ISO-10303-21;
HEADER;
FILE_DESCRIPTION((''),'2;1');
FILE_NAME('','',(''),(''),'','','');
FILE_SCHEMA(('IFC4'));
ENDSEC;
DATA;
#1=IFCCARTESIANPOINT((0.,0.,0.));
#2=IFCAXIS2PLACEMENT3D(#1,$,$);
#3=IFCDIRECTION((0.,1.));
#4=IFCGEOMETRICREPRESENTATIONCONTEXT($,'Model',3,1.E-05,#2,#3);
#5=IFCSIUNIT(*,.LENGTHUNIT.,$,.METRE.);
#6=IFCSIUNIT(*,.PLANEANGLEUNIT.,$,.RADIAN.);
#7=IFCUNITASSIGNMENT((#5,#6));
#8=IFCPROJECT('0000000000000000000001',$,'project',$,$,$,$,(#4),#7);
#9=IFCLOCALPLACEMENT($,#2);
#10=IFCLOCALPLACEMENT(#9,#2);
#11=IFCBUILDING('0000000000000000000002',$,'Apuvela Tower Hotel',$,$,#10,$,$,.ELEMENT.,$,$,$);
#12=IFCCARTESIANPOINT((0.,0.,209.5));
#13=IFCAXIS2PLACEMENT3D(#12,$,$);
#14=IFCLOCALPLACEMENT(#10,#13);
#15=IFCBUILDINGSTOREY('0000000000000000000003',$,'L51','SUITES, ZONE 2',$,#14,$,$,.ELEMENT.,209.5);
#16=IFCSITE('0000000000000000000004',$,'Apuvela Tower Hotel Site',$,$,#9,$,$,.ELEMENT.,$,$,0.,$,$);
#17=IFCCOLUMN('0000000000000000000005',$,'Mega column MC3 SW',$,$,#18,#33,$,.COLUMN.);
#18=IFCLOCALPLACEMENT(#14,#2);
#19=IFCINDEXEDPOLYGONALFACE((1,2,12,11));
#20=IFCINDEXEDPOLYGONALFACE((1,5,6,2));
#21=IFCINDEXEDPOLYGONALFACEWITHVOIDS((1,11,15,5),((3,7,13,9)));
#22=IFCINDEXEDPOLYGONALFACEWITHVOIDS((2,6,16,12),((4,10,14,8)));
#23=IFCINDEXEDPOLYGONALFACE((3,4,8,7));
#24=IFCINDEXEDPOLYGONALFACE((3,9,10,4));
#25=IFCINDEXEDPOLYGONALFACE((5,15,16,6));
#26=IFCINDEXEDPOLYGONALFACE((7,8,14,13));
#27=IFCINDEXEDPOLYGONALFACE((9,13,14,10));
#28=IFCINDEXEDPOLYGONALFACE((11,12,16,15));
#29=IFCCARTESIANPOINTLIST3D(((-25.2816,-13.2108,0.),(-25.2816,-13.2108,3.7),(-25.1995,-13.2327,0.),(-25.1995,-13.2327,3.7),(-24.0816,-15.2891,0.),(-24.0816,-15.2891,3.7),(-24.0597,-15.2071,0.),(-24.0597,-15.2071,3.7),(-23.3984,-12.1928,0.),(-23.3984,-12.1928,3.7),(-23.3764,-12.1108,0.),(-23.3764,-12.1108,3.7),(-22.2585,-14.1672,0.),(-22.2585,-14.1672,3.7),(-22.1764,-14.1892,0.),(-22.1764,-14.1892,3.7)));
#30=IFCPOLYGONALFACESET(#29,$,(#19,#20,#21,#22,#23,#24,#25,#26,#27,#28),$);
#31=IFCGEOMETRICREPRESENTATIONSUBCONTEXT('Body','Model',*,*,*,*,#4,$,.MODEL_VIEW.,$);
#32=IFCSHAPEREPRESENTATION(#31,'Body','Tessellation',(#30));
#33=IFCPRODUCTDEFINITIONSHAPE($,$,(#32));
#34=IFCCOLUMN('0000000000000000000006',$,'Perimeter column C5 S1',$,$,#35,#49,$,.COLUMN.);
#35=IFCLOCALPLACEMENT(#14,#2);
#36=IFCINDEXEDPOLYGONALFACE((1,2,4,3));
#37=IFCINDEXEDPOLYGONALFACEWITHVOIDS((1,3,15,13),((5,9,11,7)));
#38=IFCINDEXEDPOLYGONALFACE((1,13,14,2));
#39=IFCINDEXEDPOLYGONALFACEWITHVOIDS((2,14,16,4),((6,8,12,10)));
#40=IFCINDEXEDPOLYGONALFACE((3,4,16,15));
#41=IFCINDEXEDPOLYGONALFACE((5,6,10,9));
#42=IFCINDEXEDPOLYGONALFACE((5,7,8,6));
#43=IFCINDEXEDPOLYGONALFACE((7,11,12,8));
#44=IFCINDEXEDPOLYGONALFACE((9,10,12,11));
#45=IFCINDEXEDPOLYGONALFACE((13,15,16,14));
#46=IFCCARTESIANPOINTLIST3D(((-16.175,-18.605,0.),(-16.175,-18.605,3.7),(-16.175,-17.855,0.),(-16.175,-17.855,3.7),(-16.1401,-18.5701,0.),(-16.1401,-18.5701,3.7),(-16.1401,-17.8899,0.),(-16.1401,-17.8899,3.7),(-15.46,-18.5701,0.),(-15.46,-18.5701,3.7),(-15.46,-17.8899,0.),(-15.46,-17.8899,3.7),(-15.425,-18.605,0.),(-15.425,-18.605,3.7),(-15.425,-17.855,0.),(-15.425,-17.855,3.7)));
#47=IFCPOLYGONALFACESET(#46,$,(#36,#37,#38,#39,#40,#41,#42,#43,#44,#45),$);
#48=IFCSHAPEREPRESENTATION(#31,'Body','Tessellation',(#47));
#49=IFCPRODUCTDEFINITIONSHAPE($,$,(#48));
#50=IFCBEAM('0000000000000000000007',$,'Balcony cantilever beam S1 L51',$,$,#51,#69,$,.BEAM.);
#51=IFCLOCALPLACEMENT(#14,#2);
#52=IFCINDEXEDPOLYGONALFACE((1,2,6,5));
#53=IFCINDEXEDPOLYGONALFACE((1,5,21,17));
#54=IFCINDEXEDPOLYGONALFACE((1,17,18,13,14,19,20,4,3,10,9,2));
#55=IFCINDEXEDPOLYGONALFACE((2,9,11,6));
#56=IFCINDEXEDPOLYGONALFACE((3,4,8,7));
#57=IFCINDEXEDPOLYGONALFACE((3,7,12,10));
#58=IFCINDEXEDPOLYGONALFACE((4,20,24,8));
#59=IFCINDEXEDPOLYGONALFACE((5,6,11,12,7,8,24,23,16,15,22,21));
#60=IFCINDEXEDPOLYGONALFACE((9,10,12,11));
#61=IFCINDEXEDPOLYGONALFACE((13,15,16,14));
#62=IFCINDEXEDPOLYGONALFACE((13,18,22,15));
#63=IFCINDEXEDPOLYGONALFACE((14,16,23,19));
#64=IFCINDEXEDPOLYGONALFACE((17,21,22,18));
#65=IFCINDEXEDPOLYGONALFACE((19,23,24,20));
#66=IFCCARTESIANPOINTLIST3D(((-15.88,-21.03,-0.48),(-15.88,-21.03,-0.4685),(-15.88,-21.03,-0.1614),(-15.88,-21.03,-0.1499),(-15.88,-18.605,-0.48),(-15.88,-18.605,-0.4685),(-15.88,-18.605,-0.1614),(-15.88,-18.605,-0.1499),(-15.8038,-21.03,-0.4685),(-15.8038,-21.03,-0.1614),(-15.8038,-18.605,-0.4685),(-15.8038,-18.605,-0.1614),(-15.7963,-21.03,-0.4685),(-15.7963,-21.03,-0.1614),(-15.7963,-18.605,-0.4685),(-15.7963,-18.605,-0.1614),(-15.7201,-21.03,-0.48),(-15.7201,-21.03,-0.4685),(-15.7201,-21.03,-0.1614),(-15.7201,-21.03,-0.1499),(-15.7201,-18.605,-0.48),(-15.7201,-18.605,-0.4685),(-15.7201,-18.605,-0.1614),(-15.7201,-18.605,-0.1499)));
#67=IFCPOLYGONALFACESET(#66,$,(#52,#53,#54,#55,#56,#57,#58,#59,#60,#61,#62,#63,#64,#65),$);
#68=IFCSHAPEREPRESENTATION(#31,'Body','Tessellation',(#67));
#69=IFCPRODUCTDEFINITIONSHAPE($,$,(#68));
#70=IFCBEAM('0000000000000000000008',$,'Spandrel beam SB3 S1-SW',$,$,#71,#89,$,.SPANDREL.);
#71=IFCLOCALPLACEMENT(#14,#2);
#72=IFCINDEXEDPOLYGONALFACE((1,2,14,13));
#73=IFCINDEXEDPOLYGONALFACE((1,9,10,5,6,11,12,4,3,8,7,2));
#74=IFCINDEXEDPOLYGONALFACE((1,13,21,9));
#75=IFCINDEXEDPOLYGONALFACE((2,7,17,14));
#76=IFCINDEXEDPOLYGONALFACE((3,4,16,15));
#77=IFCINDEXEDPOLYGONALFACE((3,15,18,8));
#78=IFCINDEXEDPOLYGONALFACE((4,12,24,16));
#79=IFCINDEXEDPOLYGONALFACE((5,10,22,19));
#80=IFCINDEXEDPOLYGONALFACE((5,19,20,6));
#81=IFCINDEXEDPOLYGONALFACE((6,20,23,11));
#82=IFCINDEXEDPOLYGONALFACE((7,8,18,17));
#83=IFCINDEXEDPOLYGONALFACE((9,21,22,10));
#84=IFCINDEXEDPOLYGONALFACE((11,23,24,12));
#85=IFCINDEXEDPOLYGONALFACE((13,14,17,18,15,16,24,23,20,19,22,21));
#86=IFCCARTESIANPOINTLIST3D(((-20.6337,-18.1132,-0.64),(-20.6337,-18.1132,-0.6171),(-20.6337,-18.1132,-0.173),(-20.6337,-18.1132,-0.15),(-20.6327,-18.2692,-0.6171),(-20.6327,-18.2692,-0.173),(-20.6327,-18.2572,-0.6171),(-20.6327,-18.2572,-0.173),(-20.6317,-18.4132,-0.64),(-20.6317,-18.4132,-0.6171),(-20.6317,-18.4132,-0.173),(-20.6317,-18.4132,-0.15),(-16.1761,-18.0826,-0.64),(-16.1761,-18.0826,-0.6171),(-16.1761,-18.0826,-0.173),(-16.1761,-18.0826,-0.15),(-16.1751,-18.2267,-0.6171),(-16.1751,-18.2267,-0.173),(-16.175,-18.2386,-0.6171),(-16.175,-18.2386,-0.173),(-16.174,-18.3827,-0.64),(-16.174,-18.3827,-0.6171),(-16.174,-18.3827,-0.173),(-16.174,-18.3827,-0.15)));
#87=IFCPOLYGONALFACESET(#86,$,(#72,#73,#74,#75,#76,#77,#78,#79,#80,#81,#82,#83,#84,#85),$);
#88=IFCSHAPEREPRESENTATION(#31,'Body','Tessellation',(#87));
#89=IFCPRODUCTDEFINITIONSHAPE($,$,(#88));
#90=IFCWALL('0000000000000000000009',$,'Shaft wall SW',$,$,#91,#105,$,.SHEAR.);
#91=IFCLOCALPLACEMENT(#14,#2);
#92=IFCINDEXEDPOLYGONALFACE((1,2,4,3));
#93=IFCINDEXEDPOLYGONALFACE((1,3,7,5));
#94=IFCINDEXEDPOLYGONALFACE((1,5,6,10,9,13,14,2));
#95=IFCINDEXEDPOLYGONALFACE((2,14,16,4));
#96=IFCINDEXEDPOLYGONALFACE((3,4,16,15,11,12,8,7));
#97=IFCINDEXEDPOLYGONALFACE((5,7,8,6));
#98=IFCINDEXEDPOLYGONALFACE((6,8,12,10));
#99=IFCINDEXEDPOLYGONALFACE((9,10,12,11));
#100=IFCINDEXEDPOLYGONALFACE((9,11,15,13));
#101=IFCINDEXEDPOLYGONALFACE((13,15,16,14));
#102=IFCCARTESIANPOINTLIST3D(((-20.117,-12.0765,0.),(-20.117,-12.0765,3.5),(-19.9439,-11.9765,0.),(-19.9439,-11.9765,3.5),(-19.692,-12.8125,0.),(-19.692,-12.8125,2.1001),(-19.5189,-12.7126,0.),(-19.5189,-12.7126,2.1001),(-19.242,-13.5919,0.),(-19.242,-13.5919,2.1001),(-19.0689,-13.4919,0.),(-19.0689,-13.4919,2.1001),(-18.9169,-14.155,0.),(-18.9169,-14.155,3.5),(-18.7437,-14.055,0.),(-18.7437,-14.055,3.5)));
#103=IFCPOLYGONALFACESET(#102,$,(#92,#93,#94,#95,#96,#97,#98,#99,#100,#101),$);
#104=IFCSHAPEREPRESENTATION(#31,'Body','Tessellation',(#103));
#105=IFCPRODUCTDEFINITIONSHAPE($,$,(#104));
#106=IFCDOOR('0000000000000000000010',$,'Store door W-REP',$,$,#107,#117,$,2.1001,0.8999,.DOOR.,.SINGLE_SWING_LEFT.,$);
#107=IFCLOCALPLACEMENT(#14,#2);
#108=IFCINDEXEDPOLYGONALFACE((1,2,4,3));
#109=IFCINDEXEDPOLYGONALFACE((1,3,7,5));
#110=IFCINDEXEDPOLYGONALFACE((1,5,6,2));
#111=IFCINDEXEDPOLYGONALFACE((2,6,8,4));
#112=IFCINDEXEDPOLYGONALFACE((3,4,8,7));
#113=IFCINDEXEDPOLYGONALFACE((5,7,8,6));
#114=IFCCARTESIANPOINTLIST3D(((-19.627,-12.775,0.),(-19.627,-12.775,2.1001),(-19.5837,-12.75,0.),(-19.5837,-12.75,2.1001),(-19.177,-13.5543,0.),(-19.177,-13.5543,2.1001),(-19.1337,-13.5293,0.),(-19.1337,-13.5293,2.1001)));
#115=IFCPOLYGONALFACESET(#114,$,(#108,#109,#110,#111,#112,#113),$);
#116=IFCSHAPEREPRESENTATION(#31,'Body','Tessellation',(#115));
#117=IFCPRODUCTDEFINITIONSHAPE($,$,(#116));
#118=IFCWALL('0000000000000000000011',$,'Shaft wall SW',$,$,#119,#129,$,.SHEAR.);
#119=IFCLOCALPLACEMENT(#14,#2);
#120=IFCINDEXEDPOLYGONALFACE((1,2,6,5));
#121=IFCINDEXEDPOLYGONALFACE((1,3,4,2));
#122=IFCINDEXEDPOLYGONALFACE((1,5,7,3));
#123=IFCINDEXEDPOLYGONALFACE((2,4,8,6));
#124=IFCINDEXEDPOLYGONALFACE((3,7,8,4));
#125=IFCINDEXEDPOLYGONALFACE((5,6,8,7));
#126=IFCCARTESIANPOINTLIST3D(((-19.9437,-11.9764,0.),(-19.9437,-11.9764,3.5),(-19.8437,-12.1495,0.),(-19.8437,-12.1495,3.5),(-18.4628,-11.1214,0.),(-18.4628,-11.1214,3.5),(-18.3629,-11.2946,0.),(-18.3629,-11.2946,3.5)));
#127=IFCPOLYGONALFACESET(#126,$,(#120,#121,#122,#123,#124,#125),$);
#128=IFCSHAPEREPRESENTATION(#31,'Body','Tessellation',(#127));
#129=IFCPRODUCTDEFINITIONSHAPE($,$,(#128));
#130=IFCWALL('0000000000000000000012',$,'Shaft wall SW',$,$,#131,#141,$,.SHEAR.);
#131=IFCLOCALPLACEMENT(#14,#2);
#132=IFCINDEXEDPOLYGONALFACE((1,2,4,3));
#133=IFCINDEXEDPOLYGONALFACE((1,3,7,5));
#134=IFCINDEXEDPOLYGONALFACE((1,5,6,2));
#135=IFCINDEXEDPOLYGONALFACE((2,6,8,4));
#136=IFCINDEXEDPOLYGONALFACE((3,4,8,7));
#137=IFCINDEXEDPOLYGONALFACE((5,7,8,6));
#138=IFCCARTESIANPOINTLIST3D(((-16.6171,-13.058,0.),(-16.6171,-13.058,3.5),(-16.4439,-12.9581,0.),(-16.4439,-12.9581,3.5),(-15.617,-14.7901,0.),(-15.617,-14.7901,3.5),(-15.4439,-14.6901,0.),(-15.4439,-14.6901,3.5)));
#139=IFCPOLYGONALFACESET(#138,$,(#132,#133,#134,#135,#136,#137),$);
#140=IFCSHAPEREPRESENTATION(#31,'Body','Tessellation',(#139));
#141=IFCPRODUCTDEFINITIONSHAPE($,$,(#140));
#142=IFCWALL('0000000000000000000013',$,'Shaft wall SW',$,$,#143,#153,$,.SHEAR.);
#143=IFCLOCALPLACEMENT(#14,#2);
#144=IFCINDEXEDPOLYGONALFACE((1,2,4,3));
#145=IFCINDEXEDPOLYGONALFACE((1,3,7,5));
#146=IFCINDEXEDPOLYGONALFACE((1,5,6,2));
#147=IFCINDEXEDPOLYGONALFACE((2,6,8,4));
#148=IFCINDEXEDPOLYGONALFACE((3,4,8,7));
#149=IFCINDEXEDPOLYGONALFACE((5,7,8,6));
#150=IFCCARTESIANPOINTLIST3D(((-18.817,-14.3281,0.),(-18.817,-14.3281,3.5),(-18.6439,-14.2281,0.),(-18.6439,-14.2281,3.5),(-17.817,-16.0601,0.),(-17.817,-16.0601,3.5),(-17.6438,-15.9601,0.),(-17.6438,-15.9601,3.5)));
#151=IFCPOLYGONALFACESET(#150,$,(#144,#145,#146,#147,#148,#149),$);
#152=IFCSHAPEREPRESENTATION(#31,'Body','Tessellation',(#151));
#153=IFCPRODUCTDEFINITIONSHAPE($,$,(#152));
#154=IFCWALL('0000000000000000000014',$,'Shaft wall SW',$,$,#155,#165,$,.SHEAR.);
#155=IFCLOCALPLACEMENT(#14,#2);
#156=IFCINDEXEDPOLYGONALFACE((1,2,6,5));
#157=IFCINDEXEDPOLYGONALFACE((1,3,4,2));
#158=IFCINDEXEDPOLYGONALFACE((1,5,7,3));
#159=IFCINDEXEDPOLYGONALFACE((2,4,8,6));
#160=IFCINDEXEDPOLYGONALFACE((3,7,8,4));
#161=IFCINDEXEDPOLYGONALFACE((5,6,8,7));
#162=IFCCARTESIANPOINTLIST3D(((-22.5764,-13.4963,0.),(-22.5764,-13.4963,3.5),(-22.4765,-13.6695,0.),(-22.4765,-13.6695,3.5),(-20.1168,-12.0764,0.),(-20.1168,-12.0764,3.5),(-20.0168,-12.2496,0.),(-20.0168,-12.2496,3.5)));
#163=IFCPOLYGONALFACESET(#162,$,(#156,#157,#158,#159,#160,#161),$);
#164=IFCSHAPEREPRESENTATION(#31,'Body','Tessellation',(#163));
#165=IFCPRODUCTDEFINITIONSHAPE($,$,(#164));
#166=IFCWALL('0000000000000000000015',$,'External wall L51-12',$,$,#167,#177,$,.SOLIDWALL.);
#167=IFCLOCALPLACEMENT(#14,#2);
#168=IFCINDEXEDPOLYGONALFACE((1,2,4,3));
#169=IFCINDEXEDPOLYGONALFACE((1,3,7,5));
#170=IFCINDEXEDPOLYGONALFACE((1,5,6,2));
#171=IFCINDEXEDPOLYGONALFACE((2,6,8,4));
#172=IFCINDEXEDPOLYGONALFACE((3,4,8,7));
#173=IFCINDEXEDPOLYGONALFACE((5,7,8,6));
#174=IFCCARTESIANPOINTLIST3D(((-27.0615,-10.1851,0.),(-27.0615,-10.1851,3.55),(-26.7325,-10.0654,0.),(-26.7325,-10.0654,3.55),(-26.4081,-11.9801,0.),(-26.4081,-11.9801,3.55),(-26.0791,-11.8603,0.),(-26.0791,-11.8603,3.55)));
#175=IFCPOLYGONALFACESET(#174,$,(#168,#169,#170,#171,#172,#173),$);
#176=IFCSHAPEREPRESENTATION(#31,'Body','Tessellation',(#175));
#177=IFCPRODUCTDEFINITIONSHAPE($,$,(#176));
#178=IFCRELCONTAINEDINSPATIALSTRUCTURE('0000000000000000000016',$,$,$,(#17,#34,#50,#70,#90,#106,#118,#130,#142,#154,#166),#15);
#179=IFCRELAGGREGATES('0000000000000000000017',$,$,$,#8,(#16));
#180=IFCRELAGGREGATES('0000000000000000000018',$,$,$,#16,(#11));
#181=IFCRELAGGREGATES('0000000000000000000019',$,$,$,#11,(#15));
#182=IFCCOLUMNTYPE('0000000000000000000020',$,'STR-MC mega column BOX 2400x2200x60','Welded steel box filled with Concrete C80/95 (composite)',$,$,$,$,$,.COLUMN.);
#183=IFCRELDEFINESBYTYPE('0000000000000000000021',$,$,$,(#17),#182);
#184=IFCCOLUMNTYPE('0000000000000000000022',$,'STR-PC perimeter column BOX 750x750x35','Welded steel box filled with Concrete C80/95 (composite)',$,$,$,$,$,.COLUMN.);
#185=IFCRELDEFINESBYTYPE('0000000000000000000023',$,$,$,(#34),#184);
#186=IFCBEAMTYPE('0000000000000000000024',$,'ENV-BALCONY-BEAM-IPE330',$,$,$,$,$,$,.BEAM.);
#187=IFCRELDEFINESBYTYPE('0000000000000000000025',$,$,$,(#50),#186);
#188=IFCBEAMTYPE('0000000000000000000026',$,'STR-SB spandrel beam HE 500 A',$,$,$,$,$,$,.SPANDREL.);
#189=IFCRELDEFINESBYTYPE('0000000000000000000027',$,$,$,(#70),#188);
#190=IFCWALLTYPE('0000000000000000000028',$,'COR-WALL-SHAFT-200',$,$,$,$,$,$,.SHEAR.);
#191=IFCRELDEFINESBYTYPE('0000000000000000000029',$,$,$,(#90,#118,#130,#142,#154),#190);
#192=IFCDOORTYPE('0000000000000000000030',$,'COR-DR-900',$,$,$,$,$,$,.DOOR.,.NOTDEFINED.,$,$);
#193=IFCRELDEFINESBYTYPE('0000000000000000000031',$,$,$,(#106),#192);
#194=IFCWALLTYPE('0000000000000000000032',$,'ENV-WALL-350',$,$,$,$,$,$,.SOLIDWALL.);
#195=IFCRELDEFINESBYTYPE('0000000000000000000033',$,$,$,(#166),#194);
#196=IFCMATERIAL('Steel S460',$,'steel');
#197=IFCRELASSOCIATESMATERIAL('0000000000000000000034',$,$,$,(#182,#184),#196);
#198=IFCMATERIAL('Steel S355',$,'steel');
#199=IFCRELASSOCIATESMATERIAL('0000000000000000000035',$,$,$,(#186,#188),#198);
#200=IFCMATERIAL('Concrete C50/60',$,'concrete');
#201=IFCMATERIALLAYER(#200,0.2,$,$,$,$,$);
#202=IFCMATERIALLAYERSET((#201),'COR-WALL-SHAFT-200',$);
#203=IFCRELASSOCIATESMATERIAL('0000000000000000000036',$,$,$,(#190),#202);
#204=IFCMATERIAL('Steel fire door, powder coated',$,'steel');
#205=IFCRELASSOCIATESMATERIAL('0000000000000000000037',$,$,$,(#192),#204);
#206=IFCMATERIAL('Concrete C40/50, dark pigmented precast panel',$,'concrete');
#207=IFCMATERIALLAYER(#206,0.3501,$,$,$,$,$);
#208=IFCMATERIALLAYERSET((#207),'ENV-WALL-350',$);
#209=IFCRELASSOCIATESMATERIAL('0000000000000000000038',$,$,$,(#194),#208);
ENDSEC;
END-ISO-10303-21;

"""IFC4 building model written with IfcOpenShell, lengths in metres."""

from ifc_helpers import new_model, si_unit, direction, frame, frame_2d, origin, origin_2d, place, context, subcontext, project, spatial, rectangle, hollow_rectangle, i_section, extrude, material, layer, layer_set, material_profile, profile_set, type_object, element, fill, save


model = new_model("IFC4")

# Units and contexts
model_context = context("Model", 3, precision=1e-05, world=origin(), true_north=direction((0.0, 1.0)))
body_context = subcontext(model_context, "Body", "Model", "MODEL_VIEW")
ifc_project = project(units=[si_unit("LENGTHUNIT", "METRE"), si_unit("PLANEANGLEUNIT", "RADIAN")], contexts=[model_context])

# Site, building, storey
site_placement = place(None, origin())
site = spatial("IfcSite", under=ifc_project, at=site_placement, Name="Apuvela Tower Hotel Site", CompositionType="ELEMENT", RefElevation=0.0)
building_placement = place(site_placement, origin())
building = spatial("IfcBuilding", under=site, at=building_placement, Name="Apuvela Tower Hotel", CompositionType="ELEMENT")
storey_placement = place(building_placement, frame((0.0, 0.0, 209.5)))
storey = spatial("IfcBuildingStorey", under=building, at=storey_placement, Name="L51", Description="SUITES, ZONE 2", CompositionType="ELEMENT", Elevation=209.5)

# Columns
ifc_material_1 = material(Name="Steel S460", Category="steel")
ifc_material_profile_1 = material_profile(ifc_material_1, hollow_rectangle(XDim=2.3999, YDim=2.2, WallThickness=0.0601, at=origin_2d()), Name="BOX 2400x2200x60")
ifc_material_2 = material(Name="Concrete C80/95", Category="concrete")
ifc_material_profile_2 = material_profile(ifc_material_2, rectangle(XDim=2.28, YDim=2.0801, at=origin_2d()), Name="Concrete C80/95 infill")
ifc_profile_set_1 = profile_set([ifc_material_profile_1, ifc_material_profile_2], Name="Steel S460")
column_type_1 = type_object("IfcColumnType", Name="STR-MC mega column BOX 2400x2200x60", Description="Welded steel box filled with Concrete C80/95 (composite)", PredefinedType="COLUMN", material=ifc_profile_set_1)
column_1_placement = place(storey_placement, frame((-23.729, -13.7, 0.0), z_axis=(0.0, 0.0, 1.0), x_axis=(-0.5, 0.866025, 0.0)))
element("IfcColumn", 1, at=column_1_placement, inside=storey, type_object=column_type_1, Name="Mega column MC3 SW", PredefinedType="COLUMN", context=body_context, shape_type="SweptSolid", body=[
    extrude(hollow_rectangle(XDim=2.3999, YDim=2.2, WallThickness=0.0601, at=origin_2d()), origin(), (0.0, 0.0, 1.0), 3.7),
])
ifc_material_profile_3 = material_profile(ifc_material_1, hollow_rectangle(XDim=0.75, YDim=0.75, WallThickness=0.0349, at=origin_2d()), Name="BOX 750x750x35")
ifc_material_profile_4 = material_profile(ifc_material_2, rectangle(XDim=0.6799, YDim=0.6799, at=origin_2d()), Name="Concrete C80/95 infill")
ifc_profile_set_2 = profile_set([ifc_material_profile_3, ifc_material_profile_4], Name="Steel S460")
column_type_2 = type_object("IfcColumnType", Name="STR-PC perimeter column BOX 750x750x35", Description="Welded steel box filled with Concrete C80/95 (composite)", PredefinedType="COLUMN", material=ifc_profile_set_2)
column_2_placement = place(storey_placement, frame((-15.8, -18.23, 0.0), z_axis=(0.0, 0.0, 1.0), x_axis=(-1.0, 0.0, 0.0)))
element("IfcColumn", 2, at=column_2_placement, inside=storey, type_object=column_type_2, Name="Perimeter column C5 S1", PredefinedType="COLUMN", context=body_context, shape_type="SweptSolid", body=[
    extrude(hollow_rectangle(XDim=0.75, YDim=0.75, WallThickness=0.0349, at=origin_2d()), origin(), (0.0, 0.0, 1.0), 3.7),
])

# Beams
ifc_material_3 = material(Name="Steel S355", Category="steel")
ifc_material_profile_5 = material_profile(ifc_material_3, i_section(OverallWidth=0.1599, OverallDepth=0.3301, WebThickness=0.0076, FlangeThickness=0.0115, at=origin_2d()), Name="IPE 330")
ifc_profile_set_3 = profile_set([ifc_material_profile_5], Name="Steel S355")
beam_type_1 = type_object("IfcBeamType", Name="ENV-BALCONY-BEAM-IPE330", PredefinedType="BEAM", material=ifc_profile_set_3)
beam_1_placement = place(storey_placement, frame((-15.8, -18.605, -0.3149), z_axis=(0.0, -1.0, 0.0), x_axis=(1.0, 0.0, 0.0)))
element("IfcBeam", 3, at=beam_1_placement, inside=storey, type_object=beam_type_1, Name="Balcony cantilever beam S1 L51", PredefinedType="BEAM", context=body_context, shape_type="SweptSolid", body=[
    extrude(i_section(OverallWidth=0.1599, OverallDepth=0.3301, WebThickness=0.0076, FlangeThickness=0.0115, at=origin_2d()), origin(), (0.0, 0.0, 1.0), 2.425),
])
ifc_material_profile_6 = material_profile(ifc_material_3, i_section(OverallWidth=0.3, OverallDepth=0.49, WebThickness=0.012, FlangeThickness=0.0229, at=origin_2d()), Name="HE 500 A")
ifc_profile_set_4 = profile_set([ifc_material_profile_6], Name="Steel S355")
beam_type_2 = type_object("IfcBeamType", Name="STR-SB spandrel beam HE 500 A", PredefinedType="SPANDREL", material=ifc_profile_set_4)
beam_2_placement = place(storey_placement, frame((-16.175, -18.2327, -0.395), z_axis=(-0.999977, -0.006846, 0.0), x_axis=(0.006846, -0.999977, 0.0)))
element("IfcBeam", 4, at=beam_2_placement, inside=storey, type_object=beam_type_2, Name="Spandrel beam SB3 S1-SW", PredefinedType="SPANDREL", context=body_context, shape_type="SweptSolid", body=[
    extrude(i_section(OverallWidth=0.3, OverallDepth=0.49, WebThickness=0.012, FlangeThickness=0.0229, at=origin_2d()), origin(), (0.0, 0.0, 1.0), 4.4578),
])

# Wall, opening, door
ifc_material_4 = material(Name="Concrete C50/60", Category="concrete")
ifc_layer_1 = layer(ifc_material_4, 0.2)
ifc_layer_set_1 = layer_set([ifc_layer_1], Name="COR-WALL-SHAFT-200")
wall_type_1 = type_object("IfcWallType", Name="COR-WALL-SHAFT-200", PredefinedType="SHEAR", material=ifc_layer_set_1)
wall_1_placement = place(storey_placement, frame((-20.0305, -12.0264, 0.0), z_axis=(0.0, 0.0, 1.0), x_axis=(0.500034, -0.866006, 0.0)))
wall_1 = element("IfcWall", 5, at=wall_1_placement, inside=storey, type_object=wall_type_1, Name="Shaft wall SW", PredefinedType="SHEAR", context=body_context, shape_type="SweptSolid", body=[
    extrude(rectangle(XDim=2.4001, YDim=0.2, at=frame_2d((1.2002, 0.0))), origin(), (0.0, 0.0, 1.0), 3.5),
])
opening_1_placement = place(wall_1_placement, frame((0.8501, 0.0, 0.0)))
opening_1 = element("IfcOpeningElement", 6, at=opening_1_placement, cuts=wall_1, PredefinedType="OPENING", context=body_context, shape_type="SweptSolid", body=[
    extrude(rectangle(XDim=0.8999, YDim=2.1001, at=frame_2d((0.45, 1.05))), frame((0.0, 0.1099, 0.0), z_axis=(0.0, -1.0, 0.0), x_axis=(1.0, 0.0, 0.0)), (0.0, 0.0, 1.0), 0.22),
])
ifc_material_5 = material(Name="Steel fire door, powder coated", Category="steel")
door_type_1 = type_object("IfcDoorType", Name="COR-DR-900", OperationType="NOTDEFINED", PredefinedType="DOOR", material=ifc_material_5)
door_1_placement = place(opening_1_placement, frame((0.8999, 0.0, 0.0), z_axis=(0.0, 0.0, 1.0), x_axis=(-1.0, 0.0, 0.0)))
door_1 = element("IfcDoor", 7, at=door_1_placement, inside=storey, type_object=door_type_1, Name="Store door W-REP", OperationType="SINGLE_SWING_LEFT", OverallHeight=2.1001, OverallWidth=0.8999, PredefinedType="DOOR", context=body_context, shape_type="SweptSolid", body=[
    extrude(rectangle(XDim=0.8999, YDim=2.1001, at=frame_2d((0.45, 1.05))), frame((0.0, 0.0249, 0.0), z_axis=(0.0, -1.0, 0.0), x_axis=(1.0, 0.0, 0.0)), (0.0, 0.0, 1.0), 0.05),
])
fill(opening_1, door_1)

# Walls
wall_2_placement = place(storey_placement, frame((-18.4128, -11.208, 0.0), z_axis=(0.0, 0.0, 1.0), x_axis=(-0.866038, -0.499978, 0.0)))
element("IfcWall", 8, at=wall_2_placement, inside=storey, type_object=wall_type_1, Name="Shaft wall SW", PredefinedType="SHEAR", context=body_context, shape_type="SweptSolid", body=[
    extrude(rectangle(XDim=1.71, YDim=0.2, at=frame_2d((0.855, 0.0))), origin(), (0.0, 0.0, 1.0), 3.5),
])
for number, where, z_axis, x_axis, name in (
    (9, (-16.5305, -13.0081, 0.0), (0.0, 0.0, 1.0), (0.500025, -0.866011, 0.0), "Shaft wall SW"),
    (10, (-18.7305, -14.2781, 0.0), (0.0, 0.0, 1.0), (0.500025, -0.866011, 0.0), "Shaft wall SW"),
):
    element("IfcWall", number, at=place(storey_placement, frame(where, z_axis=z_axis, x_axis=x_axis)), inside=storey, type_object=wall_type_1, Name=name, PredefinedType="SHEAR", context=body_context, shape_type="SweptSolid", body=[
        extrude(rectangle(XDim=2.0, YDim=0.2, at=frame_2d((1.0, 0.0))), origin(), (0.0, 0.0, 1.0), 3.5),
    ])
wall_3_placement = place(storey_placement, frame((-20.0669, -12.1631, 0.0), z_axis=(0.0, 0.0, 1.0), x_axis=(-0.866055, -0.499948, 0.0)))
element("IfcWall", 11, at=wall_3_placement, inside=storey, type_object=wall_type_1, Name="Shaft wall SW", PredefinedType="SHEAR", context=body_context, shape_type="SweptSolid", body=[
    extrude(rectangle(XDim=2.8401, YDim=0.2, at=frame_2d((1.4199, 0.0))), origin(), (0.0, 0.0, 1.0), 3.5),
])
ifc_material_6 = material(Name="Concrete C40/50, dark pigmented precast panel", Category="concrete")
ifc_layer_2 = layer(ifc_material_6, 0.3501)
ifc_layer_set_2 = layer_set([ifc_layer_2], Name="ENV-WALL-350")
wall_type_2 = type_object("IfcWallType", Name="ENV-WALL-350", PredefinedType="SOLIDWALL", material=ifc_layer_set_2)
wall_4_placement = place(storey_placement, frame((-26.897, -10.1252, 0.0), z_axis=(0.0, 0.0, 1.0), x_axis=(0.34203, -0.939689, 0.0)))
element("IfcWall", 12, at=wall_4_placement, inside=storey, type_object=wall_type_2, Name="External wall L51-12", PredefinedType="SOLIDWALL", context=body_context, shape_type="SweptSolid", body=[
    extrude(rectangle(XDim=1.9102, YDim=0.3501, at=frame_2d((0.9551, 0.0))), origin(), (0.0, 0.0, 1.0), 3.55),
])

save(model, "model.ifc")
